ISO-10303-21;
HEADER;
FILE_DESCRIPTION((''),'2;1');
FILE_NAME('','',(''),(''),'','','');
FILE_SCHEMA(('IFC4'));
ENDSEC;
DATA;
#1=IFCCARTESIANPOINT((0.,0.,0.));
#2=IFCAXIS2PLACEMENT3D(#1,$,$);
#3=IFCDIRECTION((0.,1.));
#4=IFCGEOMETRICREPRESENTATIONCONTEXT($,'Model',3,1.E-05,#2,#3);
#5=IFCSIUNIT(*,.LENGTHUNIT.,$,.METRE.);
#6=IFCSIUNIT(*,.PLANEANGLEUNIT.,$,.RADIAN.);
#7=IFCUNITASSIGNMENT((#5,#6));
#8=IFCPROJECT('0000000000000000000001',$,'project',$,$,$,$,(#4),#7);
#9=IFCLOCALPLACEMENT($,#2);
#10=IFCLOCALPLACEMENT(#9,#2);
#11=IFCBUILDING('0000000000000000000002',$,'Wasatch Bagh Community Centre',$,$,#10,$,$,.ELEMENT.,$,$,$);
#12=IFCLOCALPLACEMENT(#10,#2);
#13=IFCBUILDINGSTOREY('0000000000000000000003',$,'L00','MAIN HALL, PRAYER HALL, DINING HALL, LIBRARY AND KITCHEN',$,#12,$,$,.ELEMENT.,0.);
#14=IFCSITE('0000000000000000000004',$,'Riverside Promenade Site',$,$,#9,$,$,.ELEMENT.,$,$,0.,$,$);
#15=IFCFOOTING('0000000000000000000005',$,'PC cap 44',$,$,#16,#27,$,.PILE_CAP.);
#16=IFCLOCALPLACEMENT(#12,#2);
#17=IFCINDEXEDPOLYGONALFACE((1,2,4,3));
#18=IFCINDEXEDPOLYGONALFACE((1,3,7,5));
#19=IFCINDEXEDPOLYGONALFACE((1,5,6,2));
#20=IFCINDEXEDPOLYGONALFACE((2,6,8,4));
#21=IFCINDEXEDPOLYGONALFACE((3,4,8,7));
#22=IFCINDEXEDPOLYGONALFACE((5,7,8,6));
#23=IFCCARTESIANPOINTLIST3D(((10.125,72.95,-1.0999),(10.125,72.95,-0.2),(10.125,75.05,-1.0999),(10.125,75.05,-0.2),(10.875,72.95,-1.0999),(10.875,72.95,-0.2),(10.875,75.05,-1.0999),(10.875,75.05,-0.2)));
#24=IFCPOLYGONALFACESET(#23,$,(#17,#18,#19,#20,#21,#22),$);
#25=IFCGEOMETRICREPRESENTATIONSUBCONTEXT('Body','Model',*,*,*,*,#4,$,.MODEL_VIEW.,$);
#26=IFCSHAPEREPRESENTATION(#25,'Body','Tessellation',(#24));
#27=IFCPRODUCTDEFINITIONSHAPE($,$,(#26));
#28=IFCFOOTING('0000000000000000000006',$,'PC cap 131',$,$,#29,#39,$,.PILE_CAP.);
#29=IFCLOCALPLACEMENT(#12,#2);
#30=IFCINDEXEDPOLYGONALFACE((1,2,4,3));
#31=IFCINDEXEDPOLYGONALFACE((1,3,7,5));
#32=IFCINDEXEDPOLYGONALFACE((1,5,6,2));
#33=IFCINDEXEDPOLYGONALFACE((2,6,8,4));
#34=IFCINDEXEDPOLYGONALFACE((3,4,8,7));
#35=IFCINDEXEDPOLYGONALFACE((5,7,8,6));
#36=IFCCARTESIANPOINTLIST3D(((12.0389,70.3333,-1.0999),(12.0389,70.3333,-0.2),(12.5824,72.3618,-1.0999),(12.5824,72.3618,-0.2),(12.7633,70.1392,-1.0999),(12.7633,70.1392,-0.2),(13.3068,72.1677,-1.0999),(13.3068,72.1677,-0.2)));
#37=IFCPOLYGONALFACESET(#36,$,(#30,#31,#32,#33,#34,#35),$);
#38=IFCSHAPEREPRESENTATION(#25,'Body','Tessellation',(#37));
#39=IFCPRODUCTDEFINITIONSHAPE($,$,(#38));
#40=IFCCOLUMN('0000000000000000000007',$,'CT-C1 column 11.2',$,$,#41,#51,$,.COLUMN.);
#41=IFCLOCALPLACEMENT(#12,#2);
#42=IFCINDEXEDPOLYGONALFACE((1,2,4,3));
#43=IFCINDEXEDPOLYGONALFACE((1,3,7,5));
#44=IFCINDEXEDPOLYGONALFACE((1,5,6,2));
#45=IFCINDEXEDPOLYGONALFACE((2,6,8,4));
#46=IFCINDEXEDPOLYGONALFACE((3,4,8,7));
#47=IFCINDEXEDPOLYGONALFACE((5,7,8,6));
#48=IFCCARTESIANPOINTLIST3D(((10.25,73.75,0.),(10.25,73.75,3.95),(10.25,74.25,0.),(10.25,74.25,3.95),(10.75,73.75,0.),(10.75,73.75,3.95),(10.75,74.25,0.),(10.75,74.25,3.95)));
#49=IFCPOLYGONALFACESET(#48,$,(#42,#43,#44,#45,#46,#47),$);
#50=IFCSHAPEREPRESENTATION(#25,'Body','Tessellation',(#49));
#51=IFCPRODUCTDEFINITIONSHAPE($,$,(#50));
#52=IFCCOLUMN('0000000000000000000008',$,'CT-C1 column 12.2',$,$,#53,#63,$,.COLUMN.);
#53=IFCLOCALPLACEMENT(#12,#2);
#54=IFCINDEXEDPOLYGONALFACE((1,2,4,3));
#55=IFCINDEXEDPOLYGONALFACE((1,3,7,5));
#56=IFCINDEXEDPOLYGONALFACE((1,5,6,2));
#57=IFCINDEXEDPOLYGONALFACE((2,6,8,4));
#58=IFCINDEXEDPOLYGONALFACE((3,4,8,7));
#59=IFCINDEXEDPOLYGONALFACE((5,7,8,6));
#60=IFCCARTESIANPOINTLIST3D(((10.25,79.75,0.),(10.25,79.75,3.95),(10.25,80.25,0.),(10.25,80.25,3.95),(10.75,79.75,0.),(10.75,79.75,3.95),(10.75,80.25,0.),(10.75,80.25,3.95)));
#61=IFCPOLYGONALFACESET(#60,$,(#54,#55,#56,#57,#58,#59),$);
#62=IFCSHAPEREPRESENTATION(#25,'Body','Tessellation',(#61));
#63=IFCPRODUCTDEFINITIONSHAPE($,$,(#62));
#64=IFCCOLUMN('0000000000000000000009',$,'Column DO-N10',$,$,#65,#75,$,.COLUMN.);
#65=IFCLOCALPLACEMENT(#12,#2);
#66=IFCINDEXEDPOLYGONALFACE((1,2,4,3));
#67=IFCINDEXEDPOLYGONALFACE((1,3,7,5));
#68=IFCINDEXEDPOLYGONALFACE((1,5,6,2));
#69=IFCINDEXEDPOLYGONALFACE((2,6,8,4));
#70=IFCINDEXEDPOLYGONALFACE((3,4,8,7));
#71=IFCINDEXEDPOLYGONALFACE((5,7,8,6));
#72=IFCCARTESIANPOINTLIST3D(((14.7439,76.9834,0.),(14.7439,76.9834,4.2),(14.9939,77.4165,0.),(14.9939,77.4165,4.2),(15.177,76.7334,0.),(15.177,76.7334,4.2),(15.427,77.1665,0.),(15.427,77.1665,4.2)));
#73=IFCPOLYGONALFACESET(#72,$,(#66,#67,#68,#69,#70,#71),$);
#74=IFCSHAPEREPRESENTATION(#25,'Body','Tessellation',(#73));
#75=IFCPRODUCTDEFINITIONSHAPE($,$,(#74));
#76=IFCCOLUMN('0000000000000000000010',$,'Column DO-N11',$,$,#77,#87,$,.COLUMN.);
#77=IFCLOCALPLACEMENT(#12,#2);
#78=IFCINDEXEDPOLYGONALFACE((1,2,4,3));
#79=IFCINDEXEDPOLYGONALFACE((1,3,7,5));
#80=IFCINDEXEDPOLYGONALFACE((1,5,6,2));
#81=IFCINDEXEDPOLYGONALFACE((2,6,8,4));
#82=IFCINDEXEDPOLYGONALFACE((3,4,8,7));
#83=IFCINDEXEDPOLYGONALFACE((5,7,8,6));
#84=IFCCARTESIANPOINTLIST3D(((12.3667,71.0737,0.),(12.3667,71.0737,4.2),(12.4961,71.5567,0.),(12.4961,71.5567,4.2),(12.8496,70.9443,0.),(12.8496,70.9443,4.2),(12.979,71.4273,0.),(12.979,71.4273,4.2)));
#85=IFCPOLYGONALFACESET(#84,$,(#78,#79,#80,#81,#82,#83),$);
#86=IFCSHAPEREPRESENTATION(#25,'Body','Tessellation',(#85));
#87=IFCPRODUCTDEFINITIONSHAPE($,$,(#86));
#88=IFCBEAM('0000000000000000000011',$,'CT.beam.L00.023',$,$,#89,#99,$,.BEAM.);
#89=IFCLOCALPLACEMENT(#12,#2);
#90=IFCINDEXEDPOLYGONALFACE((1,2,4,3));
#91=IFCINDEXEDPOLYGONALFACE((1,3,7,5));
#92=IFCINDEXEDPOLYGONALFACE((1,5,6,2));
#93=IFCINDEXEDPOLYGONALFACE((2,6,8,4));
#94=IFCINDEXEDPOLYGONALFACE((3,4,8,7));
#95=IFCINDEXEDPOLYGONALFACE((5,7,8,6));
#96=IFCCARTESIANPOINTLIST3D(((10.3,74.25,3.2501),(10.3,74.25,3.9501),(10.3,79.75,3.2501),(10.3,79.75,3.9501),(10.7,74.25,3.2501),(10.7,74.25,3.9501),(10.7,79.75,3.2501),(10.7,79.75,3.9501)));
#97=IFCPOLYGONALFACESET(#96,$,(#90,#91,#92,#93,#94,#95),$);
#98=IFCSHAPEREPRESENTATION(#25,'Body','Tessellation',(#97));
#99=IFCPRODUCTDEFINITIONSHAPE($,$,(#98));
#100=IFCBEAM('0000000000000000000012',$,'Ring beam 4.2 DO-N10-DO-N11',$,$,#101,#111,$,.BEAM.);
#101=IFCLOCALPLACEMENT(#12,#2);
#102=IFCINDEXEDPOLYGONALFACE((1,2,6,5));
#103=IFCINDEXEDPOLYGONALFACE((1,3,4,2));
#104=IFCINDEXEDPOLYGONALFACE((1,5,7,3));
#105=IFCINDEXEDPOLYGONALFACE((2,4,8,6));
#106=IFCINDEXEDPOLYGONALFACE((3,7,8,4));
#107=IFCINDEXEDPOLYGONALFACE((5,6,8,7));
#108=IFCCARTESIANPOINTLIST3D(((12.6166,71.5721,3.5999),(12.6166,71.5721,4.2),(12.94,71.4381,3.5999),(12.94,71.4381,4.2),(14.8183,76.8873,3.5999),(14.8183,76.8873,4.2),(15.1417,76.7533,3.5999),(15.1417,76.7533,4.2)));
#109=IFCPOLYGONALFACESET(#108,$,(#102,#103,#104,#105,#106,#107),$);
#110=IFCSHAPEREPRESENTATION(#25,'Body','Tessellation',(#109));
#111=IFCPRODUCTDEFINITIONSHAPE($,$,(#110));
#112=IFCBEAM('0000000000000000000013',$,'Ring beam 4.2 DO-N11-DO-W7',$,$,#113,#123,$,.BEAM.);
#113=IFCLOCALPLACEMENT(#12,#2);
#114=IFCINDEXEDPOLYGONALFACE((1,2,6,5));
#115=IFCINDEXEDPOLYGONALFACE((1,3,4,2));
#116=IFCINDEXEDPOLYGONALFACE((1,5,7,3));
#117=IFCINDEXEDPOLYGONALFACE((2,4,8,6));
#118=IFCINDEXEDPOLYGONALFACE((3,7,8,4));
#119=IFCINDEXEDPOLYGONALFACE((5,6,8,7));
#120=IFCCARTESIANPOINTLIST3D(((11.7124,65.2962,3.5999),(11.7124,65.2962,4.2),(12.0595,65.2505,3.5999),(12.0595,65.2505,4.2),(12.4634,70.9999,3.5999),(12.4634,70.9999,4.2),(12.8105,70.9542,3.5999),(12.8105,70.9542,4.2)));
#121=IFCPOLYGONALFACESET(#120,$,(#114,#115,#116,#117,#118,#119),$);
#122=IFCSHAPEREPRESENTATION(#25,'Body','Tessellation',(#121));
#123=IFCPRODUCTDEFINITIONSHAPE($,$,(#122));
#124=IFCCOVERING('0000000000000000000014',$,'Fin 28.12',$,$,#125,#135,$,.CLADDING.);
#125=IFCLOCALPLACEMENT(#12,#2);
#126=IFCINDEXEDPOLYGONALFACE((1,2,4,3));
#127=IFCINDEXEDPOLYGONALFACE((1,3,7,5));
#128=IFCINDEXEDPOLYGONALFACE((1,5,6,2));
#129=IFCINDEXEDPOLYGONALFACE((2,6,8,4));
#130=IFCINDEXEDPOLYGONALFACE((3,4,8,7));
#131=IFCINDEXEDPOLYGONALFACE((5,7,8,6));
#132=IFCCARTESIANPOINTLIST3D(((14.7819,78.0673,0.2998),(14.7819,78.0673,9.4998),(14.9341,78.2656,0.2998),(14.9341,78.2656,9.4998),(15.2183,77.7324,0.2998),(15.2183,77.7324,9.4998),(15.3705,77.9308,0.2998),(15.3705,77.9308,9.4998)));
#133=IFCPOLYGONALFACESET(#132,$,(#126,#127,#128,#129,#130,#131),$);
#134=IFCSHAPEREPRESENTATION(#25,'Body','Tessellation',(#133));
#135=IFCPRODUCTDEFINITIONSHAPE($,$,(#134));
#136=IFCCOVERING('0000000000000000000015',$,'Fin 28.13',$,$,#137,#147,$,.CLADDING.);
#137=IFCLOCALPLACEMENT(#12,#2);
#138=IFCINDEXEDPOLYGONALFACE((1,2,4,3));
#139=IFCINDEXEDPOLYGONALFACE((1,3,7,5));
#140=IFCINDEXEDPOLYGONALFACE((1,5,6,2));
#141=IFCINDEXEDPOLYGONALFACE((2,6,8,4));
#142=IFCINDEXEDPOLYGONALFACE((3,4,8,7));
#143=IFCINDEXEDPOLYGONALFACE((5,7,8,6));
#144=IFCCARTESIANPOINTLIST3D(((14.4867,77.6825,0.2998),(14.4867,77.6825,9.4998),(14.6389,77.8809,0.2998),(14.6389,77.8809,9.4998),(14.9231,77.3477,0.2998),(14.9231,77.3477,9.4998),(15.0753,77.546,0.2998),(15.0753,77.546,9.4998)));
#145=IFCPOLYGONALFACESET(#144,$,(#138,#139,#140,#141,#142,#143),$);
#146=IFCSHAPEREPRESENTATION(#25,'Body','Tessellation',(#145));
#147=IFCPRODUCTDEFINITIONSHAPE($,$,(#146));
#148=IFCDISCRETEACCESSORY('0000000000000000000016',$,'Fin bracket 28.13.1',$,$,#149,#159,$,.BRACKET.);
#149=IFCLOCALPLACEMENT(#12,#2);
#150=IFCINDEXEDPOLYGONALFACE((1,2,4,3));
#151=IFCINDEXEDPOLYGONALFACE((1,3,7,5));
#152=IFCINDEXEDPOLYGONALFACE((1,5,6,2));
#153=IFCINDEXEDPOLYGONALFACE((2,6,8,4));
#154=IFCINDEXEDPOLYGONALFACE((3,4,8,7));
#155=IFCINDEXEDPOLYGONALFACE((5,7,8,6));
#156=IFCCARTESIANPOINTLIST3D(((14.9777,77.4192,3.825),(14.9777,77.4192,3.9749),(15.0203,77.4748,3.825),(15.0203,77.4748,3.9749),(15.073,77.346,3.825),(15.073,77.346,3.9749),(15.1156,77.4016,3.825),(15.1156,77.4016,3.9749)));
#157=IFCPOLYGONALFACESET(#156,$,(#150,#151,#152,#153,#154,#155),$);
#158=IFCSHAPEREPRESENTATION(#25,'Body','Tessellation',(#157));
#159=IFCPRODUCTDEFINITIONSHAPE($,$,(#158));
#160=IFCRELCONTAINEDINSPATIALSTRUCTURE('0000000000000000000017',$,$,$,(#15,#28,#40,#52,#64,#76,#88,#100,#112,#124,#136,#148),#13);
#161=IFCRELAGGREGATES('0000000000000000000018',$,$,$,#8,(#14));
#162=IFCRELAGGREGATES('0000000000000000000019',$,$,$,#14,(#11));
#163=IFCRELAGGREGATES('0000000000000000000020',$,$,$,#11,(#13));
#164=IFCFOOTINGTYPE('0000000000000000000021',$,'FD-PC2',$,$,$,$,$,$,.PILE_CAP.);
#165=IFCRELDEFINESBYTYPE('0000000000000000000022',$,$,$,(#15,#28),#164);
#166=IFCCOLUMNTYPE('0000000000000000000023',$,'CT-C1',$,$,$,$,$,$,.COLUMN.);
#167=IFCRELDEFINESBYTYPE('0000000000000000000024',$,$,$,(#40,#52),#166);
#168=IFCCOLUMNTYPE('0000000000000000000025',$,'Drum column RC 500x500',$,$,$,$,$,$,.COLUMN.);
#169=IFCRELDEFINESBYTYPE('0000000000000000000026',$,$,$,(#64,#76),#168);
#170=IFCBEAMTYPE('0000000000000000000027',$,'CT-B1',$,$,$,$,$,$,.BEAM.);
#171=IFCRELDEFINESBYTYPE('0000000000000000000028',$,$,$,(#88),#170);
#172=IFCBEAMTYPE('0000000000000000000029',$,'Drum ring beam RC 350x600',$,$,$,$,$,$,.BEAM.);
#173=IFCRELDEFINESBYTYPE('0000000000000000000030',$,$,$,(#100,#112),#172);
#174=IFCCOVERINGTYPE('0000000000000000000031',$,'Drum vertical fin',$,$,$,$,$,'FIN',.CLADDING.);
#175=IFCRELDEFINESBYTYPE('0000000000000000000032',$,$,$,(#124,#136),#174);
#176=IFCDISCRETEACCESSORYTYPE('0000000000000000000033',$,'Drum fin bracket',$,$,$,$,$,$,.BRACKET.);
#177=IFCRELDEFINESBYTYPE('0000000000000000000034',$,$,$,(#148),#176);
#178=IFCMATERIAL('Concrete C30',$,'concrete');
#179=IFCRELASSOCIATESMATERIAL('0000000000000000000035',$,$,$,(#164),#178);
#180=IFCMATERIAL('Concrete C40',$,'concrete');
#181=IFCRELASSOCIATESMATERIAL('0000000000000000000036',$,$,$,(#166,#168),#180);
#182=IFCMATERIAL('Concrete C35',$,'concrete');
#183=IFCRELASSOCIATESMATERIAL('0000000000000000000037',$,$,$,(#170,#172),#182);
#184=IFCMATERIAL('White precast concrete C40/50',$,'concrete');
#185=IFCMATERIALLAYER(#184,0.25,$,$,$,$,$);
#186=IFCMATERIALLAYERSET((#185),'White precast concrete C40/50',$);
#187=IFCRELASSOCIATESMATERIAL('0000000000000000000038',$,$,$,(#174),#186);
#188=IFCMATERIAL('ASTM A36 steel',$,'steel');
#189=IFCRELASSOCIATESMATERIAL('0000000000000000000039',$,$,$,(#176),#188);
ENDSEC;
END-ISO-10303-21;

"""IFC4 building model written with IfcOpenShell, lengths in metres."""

from ifc_helpers import new_model, si_unit, direction, frame, origin, origin_2d, place, context, subcontext, project, spatial, rectangle, extrude, material, layer, layer_set, material_profile, profile_set, type_object, element, save


model = new_model("IFC4")

# Units and contexts
model_context = context("Model", 3, precision=1e-05, world=origin(), true_north=direction((0.0, 1.0)))
body_context = subcontext(model_context, "Body", "Model", "MODEL_VIEW")
ifc_project = project(units=[si_unit("LENGTHUNIT", "METRE"), si_unit("PLANEANGLEUNIT", "RADIAN")], contexts=[model_context])

# Site, building, storey
site_placement = place(None, origin())
site = spatial("IfcSite", under=ifc_project, at=site_placement, Name="Riverside Promenade Site", CompositionType="ELEMENT", RefElevation=0.0)
building_placement = place(site_placement, origin())
building = spatial("IfcBuilding", under=site, at=building_placement, Name="Wasatch Bagh Community Centre", CompositionType="ELEMENT")
storey_placement = place(building_placement, origin())
storey = spatial("IfcBuildingStorey", under=building, at=storey_placement, Name="L00", Description="MAIN HALL, PRAYER HALL, DINING HALL, LIBRARY AND KITCHEN", CompositionType="ELEMENT", Elevation=0.0)

# Shared definitions
ifc_material_1 = material(Name="Concrete C35", Category="concrete")

# Shared definitions
ifc_material_2 = material(Name="Concrete C30", Category="concrete")

# Footings
footing_type_1 = type_object("IfcFootingType", Name="FD-PC2", PredefinedType="PILE_CAP", material=ifc_material_2)
for number, where, z_axis, x_axis, name in (
    (1, (10.5, 74.0, -1.0999), (0.0, 0.0, 1.0), (0.0, 1.0, 0.0), "PC cap 44"),
    (2, (12.6729, 71.2505, -1.0999), (0.0, 0.0, 1.0), (-0.258819, -0.965926, 0.0), "PC cap 131"),
):
    element("IfcFooting", number, at=place(storey_placement, frame(where, z_axis=z_axis, x_axis=x_axis)), inside=storey, type_object=footing_type_1, Name=name, PredefinedType="PILE_CAP", context=body_context, shape_type="SweptSolid", body=[
        extrude(rectangle(XDim=2.1001, YDim=0.75, at=origin_2d()), origin(), (0.0, 0.0, 1.0), 0.8999),
    ])

# Columns
ifc_material_3 = material(Name="Concrete C40", Category="concrete")
ifc_material_profile_1 = material_profile(ifc_material_3, rectangle(XDim=0.5, YDim=0.5, at=origin_2d()), Name="RC 500x500")
ifc_profile_set_1 = profile_set([ifc_material_profile_1], Name="Concrete C40")
column_type_1 = type_object("IfcColumnType", Name="CT-C1", PredefinedType="COLUMN", material=ifc_profile_set_1)
for number, where, z_axis, x_axis, name in (
    (3, (10.5, 74.0, 0.0), (0.0, 0.0, 1.0), (1.0, 0.0, 0.0), "CT-C1 column 11.2"),
    (4, (10.5, 80.0, 0.0), (0.0, 0.0, 1.0), (1.0, 0.0, 0.0), "CT-C1 column 12.2"),
):
    element("IfcColumn", number, at=place(storey_placement, frame(where, z_axis=z_axis, x_axis=x_axis)), inside=storey, type_object=column_type_1, Name=name, PredefinedType="COLUMN", context=body_context, shape_type="SweptSolid", body=[
        extrude(rectangle(XDim=0.5, YDim=0.5, at=origin_2d()), origin(), (0.0, 0.0, 1.0), 3.95),
    ])
ifc_material_profile_2 = material_profile(ifc_material_3, rectangle(XDim=0.5, YDim=0.5, at=origin_2d()), Name="RC 500x500")
ifc_profile_set_2 = profile_set([ifc_material_profile_2], Name="Concrete C40")
column_type_2 = type_object("IfcColumnType", Name="Drum column RC 500x500", PredefinedType="COLUMN", material=ifc_profile_set_2)
for number, where, z_axis, x_axis, name in (
    (5, (15.0854, 77.075, 0.0), (0.0, 0.0, 1.0), (0.5, 0.866025, 0.0), "Column DO-N10"),
    (6, (12.6729, 71.2505, 0.0), (0.0, 0.0, 1.0), (0.258819, 0.965926, 0.0), "Column DO-N11"),
):
    element("IfcColumn", number, at=place(storey_placement, frame(where, z_axis=z_axis, x_axis=x_axis)), inside=storey, type_object=column_type_2, Name=name, PredefinedType="COLUMN", context=body_context, shape_type="SweptSolid", body=[
        extrude(rectangle(XDim=0.5, YDim=0.5, at=origin_2d()), origin(), (0.0, 0.0, 1.0), 4.2),
    ])

# Beams
ifc_material_profile_3 = material_profile(ifc_material_1, rectangle(XDim=0.3999, YDim=0.7, at=origin_2d()), Name="RC 400x700")
ifc_profile_set_3 = profile_set([ifc_material_profile_3], Name="Concrete C35")
beam_type_1 = type_object("IfcBeamType", Name="CT-B1", PredefinedType="BEAM", material=ifc_profile_set_3)
beam_1_placement = place(storey_placement, frame((10.5, 74.25, 3.6001), z_axis=(0.0, 1.0, 0.0), x_axis=(-1.0, 0.0, 0.0)))
element("IfcBeam", 7, at=beam_1_placement, inside=storey, type_object=beam_type_1, Name="CT.beam.L00.023", PredefinedType="BEAM", context=body_context, shape_type="SweptSolid", body=[
    extrude(rectangle(XDim=0.3999, YDim=0.7, at=origin_2d()), origin(), (0.0, 0.0, 1.0), 5.5),
])
ifc_material_profile_4 = material_profile(ifc_material_1, rectangle(XDim=0.3501, YDim=0.6001, at=origin_2d()), Name="RC 350x600")
ifc_profile_set_4 = profile_set([ifc_material_profile_4], Name="Concrete C35")
beam_type_2 = type_object("IfcBeamType", Name="Drum ring beam RC 350x600", PredefinedType="BEAM", material=ifc_profile_set_4)
beam_2_placement = place(storey_placement, frame((14.98, 76.8203, 3.8999), z_axis=(-0.382689, -0.923877, 0.0), x_axis=(0.923877, -0.382689, 0.0)))
element("IfcBeam", 8, at=beam_2_placement, inside=storey, type_object=beam_type_2, Name="Ring beam 4.2 DO-N10-DO-N11", PredefinedType="BEAM", context=body_context, shape_type="SweptSolid", body=[
    extrude(rectangle(XDim=0.3501, YDim=0.6001, at=origin_2d()), origin(), (0.0, 0.0, 1.0), 5.7532),
])
beam_3_placement = place(storey_placement, frame((12.637, 70.9771, 3.8999), z_axis=(-0.13054, -0.991443, 0.0), x_axis=(0.991443, -0.13054, 0.0)))
element("IfcBeam", 9, at=beam_3_placement, inside=storey, type_object=beam_type_2, Name="Ring beam 4.2 DO-N11-DO-W7", PredefinedType="BEAM", context=body_context, shape_type="SweptSolid", body=[
    extrude(rectangle(XDim=0.3501, YDim=0.6001, at=origin_2d()), origin(), (0.0, 0.0, 1.0), 5.7529),
])

# Coverings
ifc_material_4 = material(Name="White precast concrete C40/50", Category="concrete")
ifc_layer_1 = layer(ifc_material_4, 0.25)
ifc_layer_set_1 = layer_set([ifc_layer_1], Name="White precast concrete C40/50")
covering_type = type_object("IfcCoveringType", Name="Drum vertical fin", ElementType="FIN", PredefinedType="CLADDING", material=ifc_layer_set_1)
for number, where, z_axis, x_axis, name in (
    (10, (15.0762, 77.999, 0.2998), (0.0, 0.0, 1.0), (-0.608761, -0.793353, 0.0), "Fin 28.12"),
    (11, (14.781, 77.6143, 0.2998), (0.0, 0.0, 1.0), (-0.608761, -0.793353, 0.0), "Fin 28.13"),
):
    element("IfcCovering", number, at=place(storey_placement, frame(where, z_axis=z_axis, x_axis=x_axis)), inside=storey, type_object=covering_type, Name=name, PredefinedType="CLADDING", context=body_context, shape_type="SweptSolid", body=[
        extrude(rectangle(XDim=0.25, YDim=0.55, at=origin_2d()), origin(), (0.0, 0.0, 1.0), 9.2),
    ])

# Discrete accessory
ifc_material_5 = material(Name="ASTM A36 steel", Category="steel")
discrete_accessory_type = type_object("IfcDiscreteAccessoryType", Name="Drum fin bracket", PredefinedType="BRACKET", material=ifc_material_5)
discrete_accessory_placement = place(storey_placement, frame((15.0466, 77.4104, 3.825), z_axis=(0.0, 0.0, 1.0), x_axis=(-0.608761, -0.793353, 0.0)))
element("IfcDiscreteAccessory", 12, at=discrete_accessory_placement, inside=storey, type_object=discrete_accessory_type, Name="Fin bracket 28.13.1", PredefinedType="BRACKET", context=body_context, shape_type="SweptSolid", body=[
    extrude(rectangle(XDim=0.0701, YDim=0.1201, at=origin_2d()), origin(), (0.0, 0.0, 1.0), 0.1499),
])

save(model, "model.ifc")
